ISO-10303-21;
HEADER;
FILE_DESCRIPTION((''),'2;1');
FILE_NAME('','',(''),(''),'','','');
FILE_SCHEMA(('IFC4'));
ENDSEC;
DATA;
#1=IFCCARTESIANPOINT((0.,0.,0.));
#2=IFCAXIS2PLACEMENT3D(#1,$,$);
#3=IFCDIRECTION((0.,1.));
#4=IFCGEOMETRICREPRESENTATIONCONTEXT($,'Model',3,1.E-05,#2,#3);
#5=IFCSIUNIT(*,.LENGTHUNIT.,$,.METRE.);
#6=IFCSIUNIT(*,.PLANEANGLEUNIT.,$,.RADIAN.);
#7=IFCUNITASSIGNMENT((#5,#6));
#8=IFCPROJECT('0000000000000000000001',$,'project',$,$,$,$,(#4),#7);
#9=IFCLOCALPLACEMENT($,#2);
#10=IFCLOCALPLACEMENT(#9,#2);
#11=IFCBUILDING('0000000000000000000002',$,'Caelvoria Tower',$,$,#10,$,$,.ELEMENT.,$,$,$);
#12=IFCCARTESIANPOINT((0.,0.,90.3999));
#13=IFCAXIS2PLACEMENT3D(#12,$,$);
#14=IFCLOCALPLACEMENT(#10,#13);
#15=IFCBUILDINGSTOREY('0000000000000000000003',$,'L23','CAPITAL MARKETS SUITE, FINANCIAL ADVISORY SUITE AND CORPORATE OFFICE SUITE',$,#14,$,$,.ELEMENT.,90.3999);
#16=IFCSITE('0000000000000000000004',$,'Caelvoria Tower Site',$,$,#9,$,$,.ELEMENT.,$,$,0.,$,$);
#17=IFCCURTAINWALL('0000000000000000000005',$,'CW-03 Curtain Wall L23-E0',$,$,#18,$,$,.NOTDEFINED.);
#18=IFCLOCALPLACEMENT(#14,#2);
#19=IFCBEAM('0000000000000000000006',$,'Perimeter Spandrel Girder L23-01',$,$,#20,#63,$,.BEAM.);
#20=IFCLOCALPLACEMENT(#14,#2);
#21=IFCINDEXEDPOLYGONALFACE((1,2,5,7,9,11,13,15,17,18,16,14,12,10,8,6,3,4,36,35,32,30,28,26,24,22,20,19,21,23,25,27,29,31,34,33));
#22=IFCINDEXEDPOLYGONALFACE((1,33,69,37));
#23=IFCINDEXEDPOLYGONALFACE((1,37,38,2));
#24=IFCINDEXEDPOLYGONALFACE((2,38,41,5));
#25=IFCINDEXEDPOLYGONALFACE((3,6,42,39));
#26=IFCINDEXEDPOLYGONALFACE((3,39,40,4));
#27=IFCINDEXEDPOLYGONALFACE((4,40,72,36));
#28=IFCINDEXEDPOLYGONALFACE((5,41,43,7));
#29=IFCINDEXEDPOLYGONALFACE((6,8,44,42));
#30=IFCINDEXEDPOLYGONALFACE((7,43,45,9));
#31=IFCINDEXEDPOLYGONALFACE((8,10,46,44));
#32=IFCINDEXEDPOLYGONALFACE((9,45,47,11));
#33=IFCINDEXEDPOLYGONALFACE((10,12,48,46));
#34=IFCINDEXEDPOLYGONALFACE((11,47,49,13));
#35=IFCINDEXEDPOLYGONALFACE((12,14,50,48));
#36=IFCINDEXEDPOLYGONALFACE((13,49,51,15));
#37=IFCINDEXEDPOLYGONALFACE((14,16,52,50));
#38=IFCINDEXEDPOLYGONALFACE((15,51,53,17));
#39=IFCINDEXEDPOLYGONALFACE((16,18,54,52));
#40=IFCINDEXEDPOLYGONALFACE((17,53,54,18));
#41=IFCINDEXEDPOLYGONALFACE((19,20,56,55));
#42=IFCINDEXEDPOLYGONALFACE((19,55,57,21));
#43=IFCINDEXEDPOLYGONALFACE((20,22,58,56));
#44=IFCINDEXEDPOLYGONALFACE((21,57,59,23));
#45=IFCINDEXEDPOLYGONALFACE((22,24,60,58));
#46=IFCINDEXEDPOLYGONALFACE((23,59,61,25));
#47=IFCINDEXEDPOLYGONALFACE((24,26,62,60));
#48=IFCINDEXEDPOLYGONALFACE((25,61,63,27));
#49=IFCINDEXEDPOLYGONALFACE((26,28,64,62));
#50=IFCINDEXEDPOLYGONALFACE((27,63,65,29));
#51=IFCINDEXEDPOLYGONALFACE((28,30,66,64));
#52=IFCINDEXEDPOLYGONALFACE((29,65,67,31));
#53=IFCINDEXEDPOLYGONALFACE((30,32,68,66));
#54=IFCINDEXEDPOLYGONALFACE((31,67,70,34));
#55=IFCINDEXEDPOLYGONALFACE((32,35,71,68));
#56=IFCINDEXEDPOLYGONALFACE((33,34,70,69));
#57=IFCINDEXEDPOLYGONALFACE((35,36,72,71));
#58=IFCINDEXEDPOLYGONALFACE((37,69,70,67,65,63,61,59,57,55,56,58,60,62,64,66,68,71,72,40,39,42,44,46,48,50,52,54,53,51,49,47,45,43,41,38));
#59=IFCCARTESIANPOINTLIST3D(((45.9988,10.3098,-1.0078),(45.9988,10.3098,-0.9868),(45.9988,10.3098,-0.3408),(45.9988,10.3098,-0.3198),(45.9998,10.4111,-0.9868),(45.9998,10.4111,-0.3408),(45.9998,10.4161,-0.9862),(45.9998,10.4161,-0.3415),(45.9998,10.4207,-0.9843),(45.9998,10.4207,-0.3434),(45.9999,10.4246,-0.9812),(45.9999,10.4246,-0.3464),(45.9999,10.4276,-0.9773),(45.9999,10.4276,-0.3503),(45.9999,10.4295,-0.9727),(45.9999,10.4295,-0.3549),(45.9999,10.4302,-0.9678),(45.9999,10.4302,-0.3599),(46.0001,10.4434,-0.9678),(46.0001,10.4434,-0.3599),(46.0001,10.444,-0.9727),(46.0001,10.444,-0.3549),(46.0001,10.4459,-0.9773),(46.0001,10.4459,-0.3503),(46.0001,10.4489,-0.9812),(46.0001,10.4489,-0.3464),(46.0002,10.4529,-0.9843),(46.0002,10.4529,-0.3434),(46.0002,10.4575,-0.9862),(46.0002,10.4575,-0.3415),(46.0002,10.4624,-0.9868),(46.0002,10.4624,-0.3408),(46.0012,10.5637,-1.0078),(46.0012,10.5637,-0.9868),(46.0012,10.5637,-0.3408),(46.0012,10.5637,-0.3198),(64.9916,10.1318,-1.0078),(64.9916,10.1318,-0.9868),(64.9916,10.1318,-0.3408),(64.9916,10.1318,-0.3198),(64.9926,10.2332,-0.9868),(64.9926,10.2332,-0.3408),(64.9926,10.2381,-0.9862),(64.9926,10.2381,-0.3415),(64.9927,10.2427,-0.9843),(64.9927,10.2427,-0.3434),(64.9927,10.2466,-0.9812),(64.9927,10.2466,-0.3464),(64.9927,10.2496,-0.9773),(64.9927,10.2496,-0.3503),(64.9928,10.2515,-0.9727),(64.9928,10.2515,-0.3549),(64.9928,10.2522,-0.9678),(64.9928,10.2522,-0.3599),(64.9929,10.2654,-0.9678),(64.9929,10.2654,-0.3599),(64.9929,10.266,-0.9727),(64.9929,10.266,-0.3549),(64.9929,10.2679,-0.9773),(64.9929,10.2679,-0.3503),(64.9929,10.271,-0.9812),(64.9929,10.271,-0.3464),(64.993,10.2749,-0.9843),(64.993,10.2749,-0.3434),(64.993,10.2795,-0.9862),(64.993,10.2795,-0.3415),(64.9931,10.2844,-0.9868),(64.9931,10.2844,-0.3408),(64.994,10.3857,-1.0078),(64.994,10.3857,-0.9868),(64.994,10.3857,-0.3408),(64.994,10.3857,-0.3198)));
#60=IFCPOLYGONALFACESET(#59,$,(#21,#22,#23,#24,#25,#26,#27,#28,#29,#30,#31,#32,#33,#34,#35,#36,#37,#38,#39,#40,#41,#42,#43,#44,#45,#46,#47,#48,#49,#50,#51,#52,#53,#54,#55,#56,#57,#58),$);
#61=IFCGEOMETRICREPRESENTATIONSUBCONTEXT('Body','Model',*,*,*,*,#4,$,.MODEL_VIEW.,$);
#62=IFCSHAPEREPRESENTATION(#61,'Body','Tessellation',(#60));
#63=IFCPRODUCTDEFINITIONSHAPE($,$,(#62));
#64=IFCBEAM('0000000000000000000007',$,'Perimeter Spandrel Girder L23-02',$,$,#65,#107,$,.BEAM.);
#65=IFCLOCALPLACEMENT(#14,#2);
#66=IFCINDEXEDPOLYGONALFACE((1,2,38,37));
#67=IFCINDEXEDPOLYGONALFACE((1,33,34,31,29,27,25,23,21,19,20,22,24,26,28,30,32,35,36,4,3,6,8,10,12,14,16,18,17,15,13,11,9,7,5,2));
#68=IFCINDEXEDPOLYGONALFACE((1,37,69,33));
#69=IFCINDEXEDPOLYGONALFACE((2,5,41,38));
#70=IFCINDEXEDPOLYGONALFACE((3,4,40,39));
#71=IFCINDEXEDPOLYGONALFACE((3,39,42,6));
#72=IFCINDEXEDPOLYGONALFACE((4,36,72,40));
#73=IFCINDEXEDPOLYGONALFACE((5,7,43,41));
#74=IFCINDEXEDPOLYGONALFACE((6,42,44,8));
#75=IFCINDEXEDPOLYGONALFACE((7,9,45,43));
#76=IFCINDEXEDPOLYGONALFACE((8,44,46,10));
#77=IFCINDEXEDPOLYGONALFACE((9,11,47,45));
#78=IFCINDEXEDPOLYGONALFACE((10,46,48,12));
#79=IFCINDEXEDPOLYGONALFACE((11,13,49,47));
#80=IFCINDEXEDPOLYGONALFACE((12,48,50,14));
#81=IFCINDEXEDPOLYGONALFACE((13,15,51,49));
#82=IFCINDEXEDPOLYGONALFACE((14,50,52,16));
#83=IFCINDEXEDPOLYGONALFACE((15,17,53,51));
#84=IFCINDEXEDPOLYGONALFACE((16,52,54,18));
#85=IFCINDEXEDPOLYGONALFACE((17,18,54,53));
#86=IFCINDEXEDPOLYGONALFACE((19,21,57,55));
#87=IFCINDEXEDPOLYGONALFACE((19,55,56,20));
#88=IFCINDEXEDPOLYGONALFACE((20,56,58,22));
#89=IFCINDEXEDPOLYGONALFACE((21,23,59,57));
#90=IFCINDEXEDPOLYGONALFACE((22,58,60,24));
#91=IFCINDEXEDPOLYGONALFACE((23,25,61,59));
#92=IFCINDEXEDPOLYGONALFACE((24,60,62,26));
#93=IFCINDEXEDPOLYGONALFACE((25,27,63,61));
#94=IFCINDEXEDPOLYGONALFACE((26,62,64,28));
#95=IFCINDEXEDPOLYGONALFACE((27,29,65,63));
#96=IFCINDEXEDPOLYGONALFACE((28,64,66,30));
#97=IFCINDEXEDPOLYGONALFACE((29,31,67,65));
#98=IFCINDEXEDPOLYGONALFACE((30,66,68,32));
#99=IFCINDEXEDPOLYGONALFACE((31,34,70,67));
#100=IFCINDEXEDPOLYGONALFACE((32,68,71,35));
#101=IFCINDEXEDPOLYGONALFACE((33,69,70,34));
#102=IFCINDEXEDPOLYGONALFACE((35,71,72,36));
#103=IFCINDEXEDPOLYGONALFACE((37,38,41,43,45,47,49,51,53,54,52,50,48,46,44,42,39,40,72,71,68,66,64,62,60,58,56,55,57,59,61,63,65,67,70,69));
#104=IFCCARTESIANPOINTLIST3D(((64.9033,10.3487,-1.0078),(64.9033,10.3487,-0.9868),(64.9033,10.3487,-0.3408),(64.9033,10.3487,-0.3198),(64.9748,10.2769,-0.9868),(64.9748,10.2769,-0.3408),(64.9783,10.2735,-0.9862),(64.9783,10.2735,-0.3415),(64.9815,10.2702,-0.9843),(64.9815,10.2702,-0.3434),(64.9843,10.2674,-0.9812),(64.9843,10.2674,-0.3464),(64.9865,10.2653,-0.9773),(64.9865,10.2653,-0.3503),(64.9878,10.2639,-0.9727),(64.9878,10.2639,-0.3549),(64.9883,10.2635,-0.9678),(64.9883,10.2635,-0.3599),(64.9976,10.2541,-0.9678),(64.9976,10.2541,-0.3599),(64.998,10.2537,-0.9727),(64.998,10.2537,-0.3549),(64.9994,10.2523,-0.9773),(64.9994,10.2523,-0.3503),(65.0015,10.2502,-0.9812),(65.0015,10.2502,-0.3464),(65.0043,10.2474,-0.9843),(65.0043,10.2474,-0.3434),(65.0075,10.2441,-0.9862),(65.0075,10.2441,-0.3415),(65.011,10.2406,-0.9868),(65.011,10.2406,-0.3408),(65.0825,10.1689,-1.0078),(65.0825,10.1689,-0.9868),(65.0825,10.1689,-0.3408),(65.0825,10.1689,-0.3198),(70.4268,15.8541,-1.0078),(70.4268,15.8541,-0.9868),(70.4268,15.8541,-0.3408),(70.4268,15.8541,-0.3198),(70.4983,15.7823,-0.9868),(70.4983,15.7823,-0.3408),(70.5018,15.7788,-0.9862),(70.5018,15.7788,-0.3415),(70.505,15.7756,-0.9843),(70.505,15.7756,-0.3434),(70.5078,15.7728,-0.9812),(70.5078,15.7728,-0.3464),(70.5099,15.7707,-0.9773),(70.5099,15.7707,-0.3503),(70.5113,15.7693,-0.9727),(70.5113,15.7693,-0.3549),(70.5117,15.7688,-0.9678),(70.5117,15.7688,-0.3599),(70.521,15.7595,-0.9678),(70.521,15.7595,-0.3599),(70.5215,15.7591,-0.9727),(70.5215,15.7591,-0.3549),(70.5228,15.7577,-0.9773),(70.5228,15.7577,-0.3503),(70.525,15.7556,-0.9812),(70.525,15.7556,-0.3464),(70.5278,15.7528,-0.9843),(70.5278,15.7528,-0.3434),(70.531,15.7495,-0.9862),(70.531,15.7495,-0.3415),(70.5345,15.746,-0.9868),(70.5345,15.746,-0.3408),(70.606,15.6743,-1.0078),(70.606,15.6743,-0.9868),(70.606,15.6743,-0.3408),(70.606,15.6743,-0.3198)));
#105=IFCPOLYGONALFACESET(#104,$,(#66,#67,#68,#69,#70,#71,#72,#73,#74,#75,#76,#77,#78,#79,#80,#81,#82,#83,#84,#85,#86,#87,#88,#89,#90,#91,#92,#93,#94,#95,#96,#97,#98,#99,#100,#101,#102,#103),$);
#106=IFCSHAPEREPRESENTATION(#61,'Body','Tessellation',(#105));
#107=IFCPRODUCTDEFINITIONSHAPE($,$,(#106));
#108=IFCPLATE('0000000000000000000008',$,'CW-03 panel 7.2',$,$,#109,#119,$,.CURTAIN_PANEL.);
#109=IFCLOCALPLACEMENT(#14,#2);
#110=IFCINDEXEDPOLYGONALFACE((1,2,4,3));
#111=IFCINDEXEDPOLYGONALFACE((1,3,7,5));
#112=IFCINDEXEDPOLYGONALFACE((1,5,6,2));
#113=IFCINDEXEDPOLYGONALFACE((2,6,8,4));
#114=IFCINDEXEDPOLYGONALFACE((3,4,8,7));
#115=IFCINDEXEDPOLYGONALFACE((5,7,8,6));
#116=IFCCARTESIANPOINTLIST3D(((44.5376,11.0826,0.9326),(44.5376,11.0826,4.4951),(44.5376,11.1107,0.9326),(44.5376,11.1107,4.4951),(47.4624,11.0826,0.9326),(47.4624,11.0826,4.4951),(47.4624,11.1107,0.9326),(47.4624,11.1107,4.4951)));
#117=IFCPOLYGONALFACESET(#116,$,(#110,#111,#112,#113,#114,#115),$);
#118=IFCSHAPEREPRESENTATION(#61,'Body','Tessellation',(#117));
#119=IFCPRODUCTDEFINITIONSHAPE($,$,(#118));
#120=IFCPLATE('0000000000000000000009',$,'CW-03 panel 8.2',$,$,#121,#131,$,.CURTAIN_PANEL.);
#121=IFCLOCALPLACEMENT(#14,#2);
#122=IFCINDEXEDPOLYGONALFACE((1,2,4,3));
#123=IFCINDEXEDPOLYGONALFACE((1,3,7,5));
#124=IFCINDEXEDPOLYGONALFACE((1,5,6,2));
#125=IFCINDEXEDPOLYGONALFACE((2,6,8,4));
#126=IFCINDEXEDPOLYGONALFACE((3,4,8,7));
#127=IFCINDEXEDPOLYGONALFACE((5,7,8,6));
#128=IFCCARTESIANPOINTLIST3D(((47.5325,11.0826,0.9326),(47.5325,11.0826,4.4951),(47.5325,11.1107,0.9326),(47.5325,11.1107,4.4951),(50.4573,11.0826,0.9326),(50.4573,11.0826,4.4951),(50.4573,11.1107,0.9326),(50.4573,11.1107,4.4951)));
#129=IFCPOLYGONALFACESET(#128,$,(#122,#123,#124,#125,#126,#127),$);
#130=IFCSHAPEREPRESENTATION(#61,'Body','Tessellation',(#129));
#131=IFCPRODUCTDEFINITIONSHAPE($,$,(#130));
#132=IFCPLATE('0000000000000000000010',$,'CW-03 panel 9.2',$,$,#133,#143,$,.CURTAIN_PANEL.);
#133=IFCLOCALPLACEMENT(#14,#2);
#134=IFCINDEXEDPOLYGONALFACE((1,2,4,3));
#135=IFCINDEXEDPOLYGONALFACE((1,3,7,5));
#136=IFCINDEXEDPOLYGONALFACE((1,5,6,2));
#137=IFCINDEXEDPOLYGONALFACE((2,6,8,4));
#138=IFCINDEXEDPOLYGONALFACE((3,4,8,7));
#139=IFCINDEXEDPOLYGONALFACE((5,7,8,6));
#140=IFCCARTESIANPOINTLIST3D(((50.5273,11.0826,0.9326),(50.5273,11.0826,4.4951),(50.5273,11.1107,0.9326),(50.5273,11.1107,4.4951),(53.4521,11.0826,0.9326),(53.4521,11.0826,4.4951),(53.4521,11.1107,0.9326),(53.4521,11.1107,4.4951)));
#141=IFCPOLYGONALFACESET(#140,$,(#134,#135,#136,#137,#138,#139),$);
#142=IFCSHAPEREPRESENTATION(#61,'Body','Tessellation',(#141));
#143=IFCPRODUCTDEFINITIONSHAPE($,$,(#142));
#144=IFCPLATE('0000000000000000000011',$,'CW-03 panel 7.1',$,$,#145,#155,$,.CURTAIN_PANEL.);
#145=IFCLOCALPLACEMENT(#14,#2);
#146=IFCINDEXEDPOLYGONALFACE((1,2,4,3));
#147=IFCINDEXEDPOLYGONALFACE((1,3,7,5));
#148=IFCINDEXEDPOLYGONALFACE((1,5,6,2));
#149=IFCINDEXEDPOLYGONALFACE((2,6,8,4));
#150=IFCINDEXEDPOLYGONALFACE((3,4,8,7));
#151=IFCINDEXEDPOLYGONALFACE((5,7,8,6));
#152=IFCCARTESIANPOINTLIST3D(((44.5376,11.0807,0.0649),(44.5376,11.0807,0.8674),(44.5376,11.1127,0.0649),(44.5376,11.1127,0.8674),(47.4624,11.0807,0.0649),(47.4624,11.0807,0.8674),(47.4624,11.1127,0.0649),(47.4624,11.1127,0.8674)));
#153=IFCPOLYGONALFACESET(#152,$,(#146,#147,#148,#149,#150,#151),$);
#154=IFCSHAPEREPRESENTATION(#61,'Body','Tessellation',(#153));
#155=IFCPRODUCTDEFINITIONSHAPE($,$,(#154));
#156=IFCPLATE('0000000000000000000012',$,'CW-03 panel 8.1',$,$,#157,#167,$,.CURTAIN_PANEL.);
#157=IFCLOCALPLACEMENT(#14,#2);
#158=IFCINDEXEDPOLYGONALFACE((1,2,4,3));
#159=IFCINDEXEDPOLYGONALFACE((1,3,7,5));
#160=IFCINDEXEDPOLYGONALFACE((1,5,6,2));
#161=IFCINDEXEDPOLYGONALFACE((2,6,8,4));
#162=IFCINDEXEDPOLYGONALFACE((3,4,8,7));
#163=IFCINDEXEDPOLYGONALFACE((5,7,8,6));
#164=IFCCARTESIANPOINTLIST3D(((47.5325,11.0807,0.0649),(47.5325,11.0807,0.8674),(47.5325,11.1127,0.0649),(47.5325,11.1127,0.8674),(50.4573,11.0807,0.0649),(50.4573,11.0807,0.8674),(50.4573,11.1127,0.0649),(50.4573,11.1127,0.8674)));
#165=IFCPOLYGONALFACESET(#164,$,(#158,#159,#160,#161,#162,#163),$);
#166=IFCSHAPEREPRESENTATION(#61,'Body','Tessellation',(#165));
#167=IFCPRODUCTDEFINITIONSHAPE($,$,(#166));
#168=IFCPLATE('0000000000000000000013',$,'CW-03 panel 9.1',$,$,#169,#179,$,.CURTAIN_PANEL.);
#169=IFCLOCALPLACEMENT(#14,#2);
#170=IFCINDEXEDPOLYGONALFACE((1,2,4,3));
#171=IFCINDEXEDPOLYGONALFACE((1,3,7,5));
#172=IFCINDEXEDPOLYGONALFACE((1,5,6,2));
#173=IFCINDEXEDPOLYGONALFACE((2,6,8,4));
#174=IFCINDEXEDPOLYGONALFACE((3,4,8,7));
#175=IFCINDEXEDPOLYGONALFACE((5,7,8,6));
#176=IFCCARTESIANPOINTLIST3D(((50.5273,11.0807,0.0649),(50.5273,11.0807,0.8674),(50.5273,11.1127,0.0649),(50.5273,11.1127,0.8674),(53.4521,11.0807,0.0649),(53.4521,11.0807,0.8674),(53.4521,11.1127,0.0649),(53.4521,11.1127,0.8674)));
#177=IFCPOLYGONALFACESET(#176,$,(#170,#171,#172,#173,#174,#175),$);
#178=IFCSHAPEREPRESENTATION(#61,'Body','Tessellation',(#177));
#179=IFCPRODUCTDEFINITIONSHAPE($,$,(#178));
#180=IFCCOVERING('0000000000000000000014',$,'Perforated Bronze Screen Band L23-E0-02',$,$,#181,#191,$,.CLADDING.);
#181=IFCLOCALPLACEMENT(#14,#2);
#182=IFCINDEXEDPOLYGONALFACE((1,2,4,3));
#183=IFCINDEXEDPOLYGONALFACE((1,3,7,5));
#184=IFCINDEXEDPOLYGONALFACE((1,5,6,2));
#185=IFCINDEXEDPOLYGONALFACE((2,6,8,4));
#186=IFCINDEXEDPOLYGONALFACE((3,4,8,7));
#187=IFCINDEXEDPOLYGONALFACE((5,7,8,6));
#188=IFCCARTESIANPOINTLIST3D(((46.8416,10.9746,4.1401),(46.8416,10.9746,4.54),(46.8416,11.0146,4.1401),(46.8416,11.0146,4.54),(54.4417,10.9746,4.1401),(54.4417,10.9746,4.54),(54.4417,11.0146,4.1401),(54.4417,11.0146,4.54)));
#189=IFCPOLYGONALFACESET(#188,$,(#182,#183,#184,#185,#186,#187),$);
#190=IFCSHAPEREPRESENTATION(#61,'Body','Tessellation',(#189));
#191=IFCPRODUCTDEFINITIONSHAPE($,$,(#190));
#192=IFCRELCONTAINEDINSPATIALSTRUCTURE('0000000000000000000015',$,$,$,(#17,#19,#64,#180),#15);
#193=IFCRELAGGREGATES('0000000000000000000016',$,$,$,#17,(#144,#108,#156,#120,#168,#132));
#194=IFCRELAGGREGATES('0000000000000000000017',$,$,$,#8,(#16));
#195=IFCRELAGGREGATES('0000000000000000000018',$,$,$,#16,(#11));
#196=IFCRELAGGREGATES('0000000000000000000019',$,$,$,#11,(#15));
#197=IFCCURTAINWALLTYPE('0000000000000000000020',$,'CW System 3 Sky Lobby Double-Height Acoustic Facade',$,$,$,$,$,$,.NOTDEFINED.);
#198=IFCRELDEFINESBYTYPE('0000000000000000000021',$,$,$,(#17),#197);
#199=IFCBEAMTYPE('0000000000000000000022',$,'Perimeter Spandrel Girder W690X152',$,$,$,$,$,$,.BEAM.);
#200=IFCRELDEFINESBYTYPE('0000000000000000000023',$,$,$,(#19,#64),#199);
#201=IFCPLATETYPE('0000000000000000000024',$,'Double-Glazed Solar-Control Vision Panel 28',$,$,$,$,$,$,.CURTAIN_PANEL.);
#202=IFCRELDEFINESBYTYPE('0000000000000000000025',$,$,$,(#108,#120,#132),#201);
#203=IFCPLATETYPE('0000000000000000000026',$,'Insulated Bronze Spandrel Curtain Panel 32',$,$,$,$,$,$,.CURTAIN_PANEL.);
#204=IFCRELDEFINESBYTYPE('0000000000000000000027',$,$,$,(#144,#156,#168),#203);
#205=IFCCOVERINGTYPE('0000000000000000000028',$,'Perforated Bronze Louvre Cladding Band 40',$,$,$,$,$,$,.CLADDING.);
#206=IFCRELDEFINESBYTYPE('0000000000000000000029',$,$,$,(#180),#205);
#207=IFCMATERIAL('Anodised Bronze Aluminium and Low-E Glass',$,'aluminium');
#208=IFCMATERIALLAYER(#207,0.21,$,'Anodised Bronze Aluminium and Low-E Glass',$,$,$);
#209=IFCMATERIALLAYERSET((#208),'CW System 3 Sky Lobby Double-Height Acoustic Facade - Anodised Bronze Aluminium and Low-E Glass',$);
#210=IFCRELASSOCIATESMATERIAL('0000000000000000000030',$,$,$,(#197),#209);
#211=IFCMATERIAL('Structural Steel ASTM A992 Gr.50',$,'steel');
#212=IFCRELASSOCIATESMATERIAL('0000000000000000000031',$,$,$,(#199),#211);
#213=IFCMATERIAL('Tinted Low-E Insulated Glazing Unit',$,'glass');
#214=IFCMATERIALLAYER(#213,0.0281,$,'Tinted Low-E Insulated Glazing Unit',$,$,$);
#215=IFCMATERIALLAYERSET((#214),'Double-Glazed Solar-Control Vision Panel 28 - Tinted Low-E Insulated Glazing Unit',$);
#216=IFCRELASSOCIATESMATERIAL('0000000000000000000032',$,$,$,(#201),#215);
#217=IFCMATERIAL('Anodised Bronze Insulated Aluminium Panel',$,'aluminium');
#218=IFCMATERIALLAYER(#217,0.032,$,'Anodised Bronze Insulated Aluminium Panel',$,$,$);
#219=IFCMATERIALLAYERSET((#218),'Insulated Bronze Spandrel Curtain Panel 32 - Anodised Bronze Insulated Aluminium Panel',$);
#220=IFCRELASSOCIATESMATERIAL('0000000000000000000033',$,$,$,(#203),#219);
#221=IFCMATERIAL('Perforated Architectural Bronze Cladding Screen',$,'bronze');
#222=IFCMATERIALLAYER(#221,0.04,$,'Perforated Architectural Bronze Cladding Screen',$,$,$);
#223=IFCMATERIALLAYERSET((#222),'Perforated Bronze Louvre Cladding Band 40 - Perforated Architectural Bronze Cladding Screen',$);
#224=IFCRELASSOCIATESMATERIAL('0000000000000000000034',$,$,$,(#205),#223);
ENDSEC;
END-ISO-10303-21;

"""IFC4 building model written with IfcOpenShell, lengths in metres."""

from ifc_helpers import new_model, si_unit, direction, frame, origin, origin_2d, place, context, subcontext, project, spatial, rectangle, i_section, extrude, material, layer, layer_set, material_profile, profile_set, type_object, element, aggregate, save


model = new_model("IFC4")

# Units and contexts
model_context = context("Model", 3, precision=1e-05, world=origin(), true_north=direction((0.0, 1.0)))
body_context = subcontext(model_context, "Body", "Model", "MODEL_VIEW")
ifc_project = project(units=[si_unit("LENGTHUNIT", "METRE"), si_unit("PLANEANGLEUNIT", "RADIAN")], contexts=[model_context])

# Site, building, storey
site_placement = place(None, origin())
site = spatial("IfcSite", under=ifc_project, at=site_placement, Name="Caelvoria Tower Site", CompositionType="ELEMENT", RefElevation=0.0)
building_placement = place(site_placement, origin())
building = spatial("IfcBuilding", under=site, at=building_placement, Name="Caelvoria Tower", CompositionType="ELEMENT")
storey_placement = place(building_placement, frame((0.0, 0.0, 90.3999)))
storey = spatial("IfcBuildingStorey", under=building, at=storey_placement, Name="L23", Description="CAPITAL MARKETS SUITE, FINANCIAL ADVISORY SUITE AND CORPORATE OFFICE SUITE", CompositionType="ELEMENT", Elevation=90.3999)

# Curtain wall
ifc_material_1 = material(Name="Anodised Bronze Aluminium and Low-E Glass", Category="aluminium")
ifc_layer_1 = layer(ifc_material_1, 0.21, Name="Anodised Bronze Aluminium and Low-E Glass")
ifc_layer_set_1 = layer_set([ifc_layer_1], Name="CW System 3 Sky Lobby Double-Height Acoustic Facade - Anodised Bronze Aluminium and Low-E Glass")
curtain_wall_type = type_object("IfcCurtainWallType", Name="CW System 3 Sky Lobby Double-Height Acoustic Facade", PredefinedType="NOTDEFINED", material=ifc_layer_set_1)
curtain_wall_1_placement = place(storey_placement, origin())
curtain_wall_1 = element("IfcCurtainWall", 1, at=curtain_wall_1_placement, inside=storey, type_object=curtain_wall_type, Name="CW-03 Curtain Wall L23-E0", PredefinedType="NOTDEFINED")

# Beams
ifc_material_2 = material(Name="Structural Steel ASTM A992 Gr.50", Category="steel")
ifc_material_profile_1 = material_profile(ifc_material_2, i_section(OverallWidth=0.2539, OverallDepth=0.688, WebThickness=0.0132, FlangeThickness=0.021, FilletRadius=0.019, at=origin_2d()), Name="Structural Steel ASTM A992 Gr.50")
ifc_profile_set_1 = profile_set([ifc_material_profile_1], Name="W690X152 - Structural Steel ASTM A992 Gr.50")
beam_type = type_object("IfcBeamType", Name="Perimeter Spandrel Girder W690X152", PredefinedType="BEAM", material=ifc_profile_set_1)
beam_1_placement = place(storey_placement, frame((46.0, 10.4368, -0.6638), z_axis=(0.999956, -0.00937, 0.0), x_axis=(0.00937, 0.999956, 0.0)))
element("IfcBeam", 2, at=beam_1_placement, inside=storey, type_object=beam_type, Name="Perimeter Spandrel Girder L23-01", PredefinedType="BEAM", context=body_context, shape_type="SweptSolid", body=[
    extrude(i_section(OverallWidth=0.2539, OverallDepth=0.688, WebThickness=0.0132, FlangeThickness=0.021, FilletRadius=0.019, at=origin_2d()), origin(), (0.0, 0.0, 1.0), 18.9937),
])
beam_2_placement = place(storey_placement, frame((64.9929, 10.2588, -0.6638), z_axis=(0.708264, 0.705948, 0.0), x_axis=(-0.705948, 0.708264, 0.0)))
element("IfcBeam", 3, at=beam_2_placement, inside=storey, type_object=beam_type, Name="Perimeter Spandrel Girder L23-02", PredefinedType="BEAM", context=body_context, shape_type="SweptSolid", body=[
    extrude(i_section(OverallWidth=0.2539, OverallDepth=0.688, WebThickness=0.0132, FlangeThickness=0.021, FilletRadius=0.019, at=origin_2d()), origin(), (0.0, 0.0, 1.0), 7.7986),
])

# Plates
ifc_material_3 = material(Name="Tinted Low-E Insulated Glazing Unit", Category="glass")
ifc_layer_2 = layer(ifc_material_3, 0.0281, Name="Tinted Low-E Insulated Glazing Unit")
ifc_layer_set_2 = layer_set([ifc_layer_2], Name="Double-Glazed Solar-Control Vision Panel 28 - Tinted Low-E Insulated Glazing Unit")
plate_type_1 = type_object("IfcPlateType", Name="Double-Glazed Solar-Control Vision Panel 28", PredefinedType="CURTAIN_PANEL", material=ifc_layer_set_2)
plate_1_placement = place(storey_placement, frame((46.0, 11.0967, 0.9326), z_axis=(0.0, 0.0, 1.0), x_axis=(1.0, 0.0, 0.0)))
plate_1 = element("IfcPlate", 4, at=plate_1_placement, type_object=plate_type_1, Name="CW-03 panel 7.2", PredefinedType="CURTAIN_PANEL", context=body_context, shape_type="SweptSolid", body=[
    extrude(rectangle(XDim=2.9248, YDim=0.0281, at=origin_2d()), origin(), (0.0, 0.0, 1.0), 3.5625),
])
plate_2_placement = place(storey_placement, frame((48.9949, 11.0967, 0.9326), z_axis=(0.0, 0.0, 1.0), x_axis=(1.0, 0.0, 0.0)))
plate_2 = element("IfcPlate", 5, at=plate_2_placement, type_object=plate_type_1, Name="CW-03 panel 8.2", PredefinedType="CURTAIN_PANEL", context=body_context, shape_type="SweptSolid", body=[
    extrude(rectangle(XDim=2.9248, YDim=0.0281, at=origin_2d()), origin(), (0.0, 0.0, 1.0), 3.5625),
])
plate_3_placement = place(storey_placement, frame((51.9897, 11.0967, 0.9326), z_axis=(0.0, 0.0, 1.0), x_axis=(1.0, 0.0, 0.0)))
plate_3 = element("IfcPlate", 6, at=plate_3_placement, type_object=plate_type_1, Name="CW-03 panel 9.2", PredefinedType="CURTAIN_PANEL", context=body_context, shape_type="SweptSolid", body=[
    extrude(rectangle(XDim=2.9248, YDim=0.0281, at=origin_2d()), origin(), (0.0, 0.0, 1.0), 3.5625),
])
ifc_material_4 = material(Name="Anodised Bronze Insulated Aluminium Panel", Category="aluminium")
ifc_layer_3 = layer(ifc_material_4, 0.032, Name="Anodised Bronze Insulated Aluminium Panel")
ifc_layer_set_3 = layer_set([ifc_layer_3], Name="Insulated Bronze Spandrel Curtain Panel 32 - Anodised Bronze Insulated Aluminium Panel")
plate_type_2 = type_object("IfcPlateType", Name="Insulated Bronze Spandrel Curtain Panel 32", PredefinedType="CURTAIN_PANEL", material=ifc_layer_set_3)
plate_4_placement = place(storey_placement, frame((46.0, 11.0967, 0.0649), z_axis=(0.0, 0.0, 1.0), x_axis=(1.0, 0.0, 0.0)))
plate_4 = element("IfcPlate", 7, at=plate_4_placement, type_object=plate_type_2, Name="CW-03 panel 7.1", PredefinedType="CURTAIN_PANEL", context=body_context, shape_type="SweptSolid", body=[
    extrude(rectangle(XDim=2.9248, YDim=0.032, at=origin_2d()), origin(), (0.0, 0.0, 1.0), 0.8025),
])
plate_5_placement = place(storey_placement, frame((48.9949, 11.0967, 0.0649), z_axis=(0.0, 0.0, 1.0), x_axis=(1.0, 0.0, 0.0)))
plate_5 = element("IfcPlate", 8, at=plate_5_placement, type_object=plate_type_2, Name="CW-03 panel 8.1", PredefinedType="CURTAIN_PANEL", context=body_context, shape_type="SweptSolid", body=[
    extrude(rectangle(XDim=2.9248, YDim=0.032, at=origin_2d()), origin(), (0.0, 0.0, 1.0), 0.8025),
])
plate_6_placement = place(storey_placement, frame((51.9897, 11.0967, 0.0649), z_axis=(0.0, 0.0, 1.0), x_axis=(1.0, 0.0, 0.0)))
plate_6 = element("IfcPlate", 9, at=plate_6_placement, type_object=plate_type_2, Name="CW-03 panel 9.1", PredefinedType="CURTAIN_PANEL", context=body_context, shape_type="SweptSolid", body=[
    extrude(rectangle(XDim=2.9248, YDim=0.032, at=origin_2d()), origin(), (0.0, 0.0, 1.0), 0.8025),
])
aggregate(curtain_wall_1, [plate_4, plate_1, plate_5, plate_2, plate_6, plate_3])

# Covering
ifc_material_5 = material(Name="Perforated Architectural Bronze Cladding Screen", Category="bronze")
ifc_layer_4 = layer(ifc_material_5, 0.04, Name="Perforated Architectural Bronze Cladding Screen")
ifc_layer_set_4 = layer_set([ifc_layer_4], Name="Perforated Bronze Louvre Cladding Band 40 - Perforated Architectural Bronze Cladding Screen")
covering_type = type_object("IfcCoveringType", Name="Perforated Bronze Louvre Cladding Band 40", PredefinedType="CLADDING", material=ifc_layer_set_4)
for number, where, z_axis, x_axis, name in (
    (10, (50.6416, 10.9946, 4.1401), (0.0, 0.0, 1.0), (1.0, 0.0, 0.0), "Perforated Bronze Screen Band L23-E0-02"),
):
    element("IfcCovering", number, at=place(storey_placement, frame(where, z_axis=z_axis, x_axis=x_axis)), inside=storey, type_object=covering_type, Name=name, PredefinedType="CLADDING", context=body_context, shape_type="SweptSolid", body=[
        extrude(rectangle(XDim=7.6001, YDim=0.04, at=origin_2d()), origin(), (0.0, 0.0, 1.0), 0.3999),
    ])

save(model, "model.ifc")
